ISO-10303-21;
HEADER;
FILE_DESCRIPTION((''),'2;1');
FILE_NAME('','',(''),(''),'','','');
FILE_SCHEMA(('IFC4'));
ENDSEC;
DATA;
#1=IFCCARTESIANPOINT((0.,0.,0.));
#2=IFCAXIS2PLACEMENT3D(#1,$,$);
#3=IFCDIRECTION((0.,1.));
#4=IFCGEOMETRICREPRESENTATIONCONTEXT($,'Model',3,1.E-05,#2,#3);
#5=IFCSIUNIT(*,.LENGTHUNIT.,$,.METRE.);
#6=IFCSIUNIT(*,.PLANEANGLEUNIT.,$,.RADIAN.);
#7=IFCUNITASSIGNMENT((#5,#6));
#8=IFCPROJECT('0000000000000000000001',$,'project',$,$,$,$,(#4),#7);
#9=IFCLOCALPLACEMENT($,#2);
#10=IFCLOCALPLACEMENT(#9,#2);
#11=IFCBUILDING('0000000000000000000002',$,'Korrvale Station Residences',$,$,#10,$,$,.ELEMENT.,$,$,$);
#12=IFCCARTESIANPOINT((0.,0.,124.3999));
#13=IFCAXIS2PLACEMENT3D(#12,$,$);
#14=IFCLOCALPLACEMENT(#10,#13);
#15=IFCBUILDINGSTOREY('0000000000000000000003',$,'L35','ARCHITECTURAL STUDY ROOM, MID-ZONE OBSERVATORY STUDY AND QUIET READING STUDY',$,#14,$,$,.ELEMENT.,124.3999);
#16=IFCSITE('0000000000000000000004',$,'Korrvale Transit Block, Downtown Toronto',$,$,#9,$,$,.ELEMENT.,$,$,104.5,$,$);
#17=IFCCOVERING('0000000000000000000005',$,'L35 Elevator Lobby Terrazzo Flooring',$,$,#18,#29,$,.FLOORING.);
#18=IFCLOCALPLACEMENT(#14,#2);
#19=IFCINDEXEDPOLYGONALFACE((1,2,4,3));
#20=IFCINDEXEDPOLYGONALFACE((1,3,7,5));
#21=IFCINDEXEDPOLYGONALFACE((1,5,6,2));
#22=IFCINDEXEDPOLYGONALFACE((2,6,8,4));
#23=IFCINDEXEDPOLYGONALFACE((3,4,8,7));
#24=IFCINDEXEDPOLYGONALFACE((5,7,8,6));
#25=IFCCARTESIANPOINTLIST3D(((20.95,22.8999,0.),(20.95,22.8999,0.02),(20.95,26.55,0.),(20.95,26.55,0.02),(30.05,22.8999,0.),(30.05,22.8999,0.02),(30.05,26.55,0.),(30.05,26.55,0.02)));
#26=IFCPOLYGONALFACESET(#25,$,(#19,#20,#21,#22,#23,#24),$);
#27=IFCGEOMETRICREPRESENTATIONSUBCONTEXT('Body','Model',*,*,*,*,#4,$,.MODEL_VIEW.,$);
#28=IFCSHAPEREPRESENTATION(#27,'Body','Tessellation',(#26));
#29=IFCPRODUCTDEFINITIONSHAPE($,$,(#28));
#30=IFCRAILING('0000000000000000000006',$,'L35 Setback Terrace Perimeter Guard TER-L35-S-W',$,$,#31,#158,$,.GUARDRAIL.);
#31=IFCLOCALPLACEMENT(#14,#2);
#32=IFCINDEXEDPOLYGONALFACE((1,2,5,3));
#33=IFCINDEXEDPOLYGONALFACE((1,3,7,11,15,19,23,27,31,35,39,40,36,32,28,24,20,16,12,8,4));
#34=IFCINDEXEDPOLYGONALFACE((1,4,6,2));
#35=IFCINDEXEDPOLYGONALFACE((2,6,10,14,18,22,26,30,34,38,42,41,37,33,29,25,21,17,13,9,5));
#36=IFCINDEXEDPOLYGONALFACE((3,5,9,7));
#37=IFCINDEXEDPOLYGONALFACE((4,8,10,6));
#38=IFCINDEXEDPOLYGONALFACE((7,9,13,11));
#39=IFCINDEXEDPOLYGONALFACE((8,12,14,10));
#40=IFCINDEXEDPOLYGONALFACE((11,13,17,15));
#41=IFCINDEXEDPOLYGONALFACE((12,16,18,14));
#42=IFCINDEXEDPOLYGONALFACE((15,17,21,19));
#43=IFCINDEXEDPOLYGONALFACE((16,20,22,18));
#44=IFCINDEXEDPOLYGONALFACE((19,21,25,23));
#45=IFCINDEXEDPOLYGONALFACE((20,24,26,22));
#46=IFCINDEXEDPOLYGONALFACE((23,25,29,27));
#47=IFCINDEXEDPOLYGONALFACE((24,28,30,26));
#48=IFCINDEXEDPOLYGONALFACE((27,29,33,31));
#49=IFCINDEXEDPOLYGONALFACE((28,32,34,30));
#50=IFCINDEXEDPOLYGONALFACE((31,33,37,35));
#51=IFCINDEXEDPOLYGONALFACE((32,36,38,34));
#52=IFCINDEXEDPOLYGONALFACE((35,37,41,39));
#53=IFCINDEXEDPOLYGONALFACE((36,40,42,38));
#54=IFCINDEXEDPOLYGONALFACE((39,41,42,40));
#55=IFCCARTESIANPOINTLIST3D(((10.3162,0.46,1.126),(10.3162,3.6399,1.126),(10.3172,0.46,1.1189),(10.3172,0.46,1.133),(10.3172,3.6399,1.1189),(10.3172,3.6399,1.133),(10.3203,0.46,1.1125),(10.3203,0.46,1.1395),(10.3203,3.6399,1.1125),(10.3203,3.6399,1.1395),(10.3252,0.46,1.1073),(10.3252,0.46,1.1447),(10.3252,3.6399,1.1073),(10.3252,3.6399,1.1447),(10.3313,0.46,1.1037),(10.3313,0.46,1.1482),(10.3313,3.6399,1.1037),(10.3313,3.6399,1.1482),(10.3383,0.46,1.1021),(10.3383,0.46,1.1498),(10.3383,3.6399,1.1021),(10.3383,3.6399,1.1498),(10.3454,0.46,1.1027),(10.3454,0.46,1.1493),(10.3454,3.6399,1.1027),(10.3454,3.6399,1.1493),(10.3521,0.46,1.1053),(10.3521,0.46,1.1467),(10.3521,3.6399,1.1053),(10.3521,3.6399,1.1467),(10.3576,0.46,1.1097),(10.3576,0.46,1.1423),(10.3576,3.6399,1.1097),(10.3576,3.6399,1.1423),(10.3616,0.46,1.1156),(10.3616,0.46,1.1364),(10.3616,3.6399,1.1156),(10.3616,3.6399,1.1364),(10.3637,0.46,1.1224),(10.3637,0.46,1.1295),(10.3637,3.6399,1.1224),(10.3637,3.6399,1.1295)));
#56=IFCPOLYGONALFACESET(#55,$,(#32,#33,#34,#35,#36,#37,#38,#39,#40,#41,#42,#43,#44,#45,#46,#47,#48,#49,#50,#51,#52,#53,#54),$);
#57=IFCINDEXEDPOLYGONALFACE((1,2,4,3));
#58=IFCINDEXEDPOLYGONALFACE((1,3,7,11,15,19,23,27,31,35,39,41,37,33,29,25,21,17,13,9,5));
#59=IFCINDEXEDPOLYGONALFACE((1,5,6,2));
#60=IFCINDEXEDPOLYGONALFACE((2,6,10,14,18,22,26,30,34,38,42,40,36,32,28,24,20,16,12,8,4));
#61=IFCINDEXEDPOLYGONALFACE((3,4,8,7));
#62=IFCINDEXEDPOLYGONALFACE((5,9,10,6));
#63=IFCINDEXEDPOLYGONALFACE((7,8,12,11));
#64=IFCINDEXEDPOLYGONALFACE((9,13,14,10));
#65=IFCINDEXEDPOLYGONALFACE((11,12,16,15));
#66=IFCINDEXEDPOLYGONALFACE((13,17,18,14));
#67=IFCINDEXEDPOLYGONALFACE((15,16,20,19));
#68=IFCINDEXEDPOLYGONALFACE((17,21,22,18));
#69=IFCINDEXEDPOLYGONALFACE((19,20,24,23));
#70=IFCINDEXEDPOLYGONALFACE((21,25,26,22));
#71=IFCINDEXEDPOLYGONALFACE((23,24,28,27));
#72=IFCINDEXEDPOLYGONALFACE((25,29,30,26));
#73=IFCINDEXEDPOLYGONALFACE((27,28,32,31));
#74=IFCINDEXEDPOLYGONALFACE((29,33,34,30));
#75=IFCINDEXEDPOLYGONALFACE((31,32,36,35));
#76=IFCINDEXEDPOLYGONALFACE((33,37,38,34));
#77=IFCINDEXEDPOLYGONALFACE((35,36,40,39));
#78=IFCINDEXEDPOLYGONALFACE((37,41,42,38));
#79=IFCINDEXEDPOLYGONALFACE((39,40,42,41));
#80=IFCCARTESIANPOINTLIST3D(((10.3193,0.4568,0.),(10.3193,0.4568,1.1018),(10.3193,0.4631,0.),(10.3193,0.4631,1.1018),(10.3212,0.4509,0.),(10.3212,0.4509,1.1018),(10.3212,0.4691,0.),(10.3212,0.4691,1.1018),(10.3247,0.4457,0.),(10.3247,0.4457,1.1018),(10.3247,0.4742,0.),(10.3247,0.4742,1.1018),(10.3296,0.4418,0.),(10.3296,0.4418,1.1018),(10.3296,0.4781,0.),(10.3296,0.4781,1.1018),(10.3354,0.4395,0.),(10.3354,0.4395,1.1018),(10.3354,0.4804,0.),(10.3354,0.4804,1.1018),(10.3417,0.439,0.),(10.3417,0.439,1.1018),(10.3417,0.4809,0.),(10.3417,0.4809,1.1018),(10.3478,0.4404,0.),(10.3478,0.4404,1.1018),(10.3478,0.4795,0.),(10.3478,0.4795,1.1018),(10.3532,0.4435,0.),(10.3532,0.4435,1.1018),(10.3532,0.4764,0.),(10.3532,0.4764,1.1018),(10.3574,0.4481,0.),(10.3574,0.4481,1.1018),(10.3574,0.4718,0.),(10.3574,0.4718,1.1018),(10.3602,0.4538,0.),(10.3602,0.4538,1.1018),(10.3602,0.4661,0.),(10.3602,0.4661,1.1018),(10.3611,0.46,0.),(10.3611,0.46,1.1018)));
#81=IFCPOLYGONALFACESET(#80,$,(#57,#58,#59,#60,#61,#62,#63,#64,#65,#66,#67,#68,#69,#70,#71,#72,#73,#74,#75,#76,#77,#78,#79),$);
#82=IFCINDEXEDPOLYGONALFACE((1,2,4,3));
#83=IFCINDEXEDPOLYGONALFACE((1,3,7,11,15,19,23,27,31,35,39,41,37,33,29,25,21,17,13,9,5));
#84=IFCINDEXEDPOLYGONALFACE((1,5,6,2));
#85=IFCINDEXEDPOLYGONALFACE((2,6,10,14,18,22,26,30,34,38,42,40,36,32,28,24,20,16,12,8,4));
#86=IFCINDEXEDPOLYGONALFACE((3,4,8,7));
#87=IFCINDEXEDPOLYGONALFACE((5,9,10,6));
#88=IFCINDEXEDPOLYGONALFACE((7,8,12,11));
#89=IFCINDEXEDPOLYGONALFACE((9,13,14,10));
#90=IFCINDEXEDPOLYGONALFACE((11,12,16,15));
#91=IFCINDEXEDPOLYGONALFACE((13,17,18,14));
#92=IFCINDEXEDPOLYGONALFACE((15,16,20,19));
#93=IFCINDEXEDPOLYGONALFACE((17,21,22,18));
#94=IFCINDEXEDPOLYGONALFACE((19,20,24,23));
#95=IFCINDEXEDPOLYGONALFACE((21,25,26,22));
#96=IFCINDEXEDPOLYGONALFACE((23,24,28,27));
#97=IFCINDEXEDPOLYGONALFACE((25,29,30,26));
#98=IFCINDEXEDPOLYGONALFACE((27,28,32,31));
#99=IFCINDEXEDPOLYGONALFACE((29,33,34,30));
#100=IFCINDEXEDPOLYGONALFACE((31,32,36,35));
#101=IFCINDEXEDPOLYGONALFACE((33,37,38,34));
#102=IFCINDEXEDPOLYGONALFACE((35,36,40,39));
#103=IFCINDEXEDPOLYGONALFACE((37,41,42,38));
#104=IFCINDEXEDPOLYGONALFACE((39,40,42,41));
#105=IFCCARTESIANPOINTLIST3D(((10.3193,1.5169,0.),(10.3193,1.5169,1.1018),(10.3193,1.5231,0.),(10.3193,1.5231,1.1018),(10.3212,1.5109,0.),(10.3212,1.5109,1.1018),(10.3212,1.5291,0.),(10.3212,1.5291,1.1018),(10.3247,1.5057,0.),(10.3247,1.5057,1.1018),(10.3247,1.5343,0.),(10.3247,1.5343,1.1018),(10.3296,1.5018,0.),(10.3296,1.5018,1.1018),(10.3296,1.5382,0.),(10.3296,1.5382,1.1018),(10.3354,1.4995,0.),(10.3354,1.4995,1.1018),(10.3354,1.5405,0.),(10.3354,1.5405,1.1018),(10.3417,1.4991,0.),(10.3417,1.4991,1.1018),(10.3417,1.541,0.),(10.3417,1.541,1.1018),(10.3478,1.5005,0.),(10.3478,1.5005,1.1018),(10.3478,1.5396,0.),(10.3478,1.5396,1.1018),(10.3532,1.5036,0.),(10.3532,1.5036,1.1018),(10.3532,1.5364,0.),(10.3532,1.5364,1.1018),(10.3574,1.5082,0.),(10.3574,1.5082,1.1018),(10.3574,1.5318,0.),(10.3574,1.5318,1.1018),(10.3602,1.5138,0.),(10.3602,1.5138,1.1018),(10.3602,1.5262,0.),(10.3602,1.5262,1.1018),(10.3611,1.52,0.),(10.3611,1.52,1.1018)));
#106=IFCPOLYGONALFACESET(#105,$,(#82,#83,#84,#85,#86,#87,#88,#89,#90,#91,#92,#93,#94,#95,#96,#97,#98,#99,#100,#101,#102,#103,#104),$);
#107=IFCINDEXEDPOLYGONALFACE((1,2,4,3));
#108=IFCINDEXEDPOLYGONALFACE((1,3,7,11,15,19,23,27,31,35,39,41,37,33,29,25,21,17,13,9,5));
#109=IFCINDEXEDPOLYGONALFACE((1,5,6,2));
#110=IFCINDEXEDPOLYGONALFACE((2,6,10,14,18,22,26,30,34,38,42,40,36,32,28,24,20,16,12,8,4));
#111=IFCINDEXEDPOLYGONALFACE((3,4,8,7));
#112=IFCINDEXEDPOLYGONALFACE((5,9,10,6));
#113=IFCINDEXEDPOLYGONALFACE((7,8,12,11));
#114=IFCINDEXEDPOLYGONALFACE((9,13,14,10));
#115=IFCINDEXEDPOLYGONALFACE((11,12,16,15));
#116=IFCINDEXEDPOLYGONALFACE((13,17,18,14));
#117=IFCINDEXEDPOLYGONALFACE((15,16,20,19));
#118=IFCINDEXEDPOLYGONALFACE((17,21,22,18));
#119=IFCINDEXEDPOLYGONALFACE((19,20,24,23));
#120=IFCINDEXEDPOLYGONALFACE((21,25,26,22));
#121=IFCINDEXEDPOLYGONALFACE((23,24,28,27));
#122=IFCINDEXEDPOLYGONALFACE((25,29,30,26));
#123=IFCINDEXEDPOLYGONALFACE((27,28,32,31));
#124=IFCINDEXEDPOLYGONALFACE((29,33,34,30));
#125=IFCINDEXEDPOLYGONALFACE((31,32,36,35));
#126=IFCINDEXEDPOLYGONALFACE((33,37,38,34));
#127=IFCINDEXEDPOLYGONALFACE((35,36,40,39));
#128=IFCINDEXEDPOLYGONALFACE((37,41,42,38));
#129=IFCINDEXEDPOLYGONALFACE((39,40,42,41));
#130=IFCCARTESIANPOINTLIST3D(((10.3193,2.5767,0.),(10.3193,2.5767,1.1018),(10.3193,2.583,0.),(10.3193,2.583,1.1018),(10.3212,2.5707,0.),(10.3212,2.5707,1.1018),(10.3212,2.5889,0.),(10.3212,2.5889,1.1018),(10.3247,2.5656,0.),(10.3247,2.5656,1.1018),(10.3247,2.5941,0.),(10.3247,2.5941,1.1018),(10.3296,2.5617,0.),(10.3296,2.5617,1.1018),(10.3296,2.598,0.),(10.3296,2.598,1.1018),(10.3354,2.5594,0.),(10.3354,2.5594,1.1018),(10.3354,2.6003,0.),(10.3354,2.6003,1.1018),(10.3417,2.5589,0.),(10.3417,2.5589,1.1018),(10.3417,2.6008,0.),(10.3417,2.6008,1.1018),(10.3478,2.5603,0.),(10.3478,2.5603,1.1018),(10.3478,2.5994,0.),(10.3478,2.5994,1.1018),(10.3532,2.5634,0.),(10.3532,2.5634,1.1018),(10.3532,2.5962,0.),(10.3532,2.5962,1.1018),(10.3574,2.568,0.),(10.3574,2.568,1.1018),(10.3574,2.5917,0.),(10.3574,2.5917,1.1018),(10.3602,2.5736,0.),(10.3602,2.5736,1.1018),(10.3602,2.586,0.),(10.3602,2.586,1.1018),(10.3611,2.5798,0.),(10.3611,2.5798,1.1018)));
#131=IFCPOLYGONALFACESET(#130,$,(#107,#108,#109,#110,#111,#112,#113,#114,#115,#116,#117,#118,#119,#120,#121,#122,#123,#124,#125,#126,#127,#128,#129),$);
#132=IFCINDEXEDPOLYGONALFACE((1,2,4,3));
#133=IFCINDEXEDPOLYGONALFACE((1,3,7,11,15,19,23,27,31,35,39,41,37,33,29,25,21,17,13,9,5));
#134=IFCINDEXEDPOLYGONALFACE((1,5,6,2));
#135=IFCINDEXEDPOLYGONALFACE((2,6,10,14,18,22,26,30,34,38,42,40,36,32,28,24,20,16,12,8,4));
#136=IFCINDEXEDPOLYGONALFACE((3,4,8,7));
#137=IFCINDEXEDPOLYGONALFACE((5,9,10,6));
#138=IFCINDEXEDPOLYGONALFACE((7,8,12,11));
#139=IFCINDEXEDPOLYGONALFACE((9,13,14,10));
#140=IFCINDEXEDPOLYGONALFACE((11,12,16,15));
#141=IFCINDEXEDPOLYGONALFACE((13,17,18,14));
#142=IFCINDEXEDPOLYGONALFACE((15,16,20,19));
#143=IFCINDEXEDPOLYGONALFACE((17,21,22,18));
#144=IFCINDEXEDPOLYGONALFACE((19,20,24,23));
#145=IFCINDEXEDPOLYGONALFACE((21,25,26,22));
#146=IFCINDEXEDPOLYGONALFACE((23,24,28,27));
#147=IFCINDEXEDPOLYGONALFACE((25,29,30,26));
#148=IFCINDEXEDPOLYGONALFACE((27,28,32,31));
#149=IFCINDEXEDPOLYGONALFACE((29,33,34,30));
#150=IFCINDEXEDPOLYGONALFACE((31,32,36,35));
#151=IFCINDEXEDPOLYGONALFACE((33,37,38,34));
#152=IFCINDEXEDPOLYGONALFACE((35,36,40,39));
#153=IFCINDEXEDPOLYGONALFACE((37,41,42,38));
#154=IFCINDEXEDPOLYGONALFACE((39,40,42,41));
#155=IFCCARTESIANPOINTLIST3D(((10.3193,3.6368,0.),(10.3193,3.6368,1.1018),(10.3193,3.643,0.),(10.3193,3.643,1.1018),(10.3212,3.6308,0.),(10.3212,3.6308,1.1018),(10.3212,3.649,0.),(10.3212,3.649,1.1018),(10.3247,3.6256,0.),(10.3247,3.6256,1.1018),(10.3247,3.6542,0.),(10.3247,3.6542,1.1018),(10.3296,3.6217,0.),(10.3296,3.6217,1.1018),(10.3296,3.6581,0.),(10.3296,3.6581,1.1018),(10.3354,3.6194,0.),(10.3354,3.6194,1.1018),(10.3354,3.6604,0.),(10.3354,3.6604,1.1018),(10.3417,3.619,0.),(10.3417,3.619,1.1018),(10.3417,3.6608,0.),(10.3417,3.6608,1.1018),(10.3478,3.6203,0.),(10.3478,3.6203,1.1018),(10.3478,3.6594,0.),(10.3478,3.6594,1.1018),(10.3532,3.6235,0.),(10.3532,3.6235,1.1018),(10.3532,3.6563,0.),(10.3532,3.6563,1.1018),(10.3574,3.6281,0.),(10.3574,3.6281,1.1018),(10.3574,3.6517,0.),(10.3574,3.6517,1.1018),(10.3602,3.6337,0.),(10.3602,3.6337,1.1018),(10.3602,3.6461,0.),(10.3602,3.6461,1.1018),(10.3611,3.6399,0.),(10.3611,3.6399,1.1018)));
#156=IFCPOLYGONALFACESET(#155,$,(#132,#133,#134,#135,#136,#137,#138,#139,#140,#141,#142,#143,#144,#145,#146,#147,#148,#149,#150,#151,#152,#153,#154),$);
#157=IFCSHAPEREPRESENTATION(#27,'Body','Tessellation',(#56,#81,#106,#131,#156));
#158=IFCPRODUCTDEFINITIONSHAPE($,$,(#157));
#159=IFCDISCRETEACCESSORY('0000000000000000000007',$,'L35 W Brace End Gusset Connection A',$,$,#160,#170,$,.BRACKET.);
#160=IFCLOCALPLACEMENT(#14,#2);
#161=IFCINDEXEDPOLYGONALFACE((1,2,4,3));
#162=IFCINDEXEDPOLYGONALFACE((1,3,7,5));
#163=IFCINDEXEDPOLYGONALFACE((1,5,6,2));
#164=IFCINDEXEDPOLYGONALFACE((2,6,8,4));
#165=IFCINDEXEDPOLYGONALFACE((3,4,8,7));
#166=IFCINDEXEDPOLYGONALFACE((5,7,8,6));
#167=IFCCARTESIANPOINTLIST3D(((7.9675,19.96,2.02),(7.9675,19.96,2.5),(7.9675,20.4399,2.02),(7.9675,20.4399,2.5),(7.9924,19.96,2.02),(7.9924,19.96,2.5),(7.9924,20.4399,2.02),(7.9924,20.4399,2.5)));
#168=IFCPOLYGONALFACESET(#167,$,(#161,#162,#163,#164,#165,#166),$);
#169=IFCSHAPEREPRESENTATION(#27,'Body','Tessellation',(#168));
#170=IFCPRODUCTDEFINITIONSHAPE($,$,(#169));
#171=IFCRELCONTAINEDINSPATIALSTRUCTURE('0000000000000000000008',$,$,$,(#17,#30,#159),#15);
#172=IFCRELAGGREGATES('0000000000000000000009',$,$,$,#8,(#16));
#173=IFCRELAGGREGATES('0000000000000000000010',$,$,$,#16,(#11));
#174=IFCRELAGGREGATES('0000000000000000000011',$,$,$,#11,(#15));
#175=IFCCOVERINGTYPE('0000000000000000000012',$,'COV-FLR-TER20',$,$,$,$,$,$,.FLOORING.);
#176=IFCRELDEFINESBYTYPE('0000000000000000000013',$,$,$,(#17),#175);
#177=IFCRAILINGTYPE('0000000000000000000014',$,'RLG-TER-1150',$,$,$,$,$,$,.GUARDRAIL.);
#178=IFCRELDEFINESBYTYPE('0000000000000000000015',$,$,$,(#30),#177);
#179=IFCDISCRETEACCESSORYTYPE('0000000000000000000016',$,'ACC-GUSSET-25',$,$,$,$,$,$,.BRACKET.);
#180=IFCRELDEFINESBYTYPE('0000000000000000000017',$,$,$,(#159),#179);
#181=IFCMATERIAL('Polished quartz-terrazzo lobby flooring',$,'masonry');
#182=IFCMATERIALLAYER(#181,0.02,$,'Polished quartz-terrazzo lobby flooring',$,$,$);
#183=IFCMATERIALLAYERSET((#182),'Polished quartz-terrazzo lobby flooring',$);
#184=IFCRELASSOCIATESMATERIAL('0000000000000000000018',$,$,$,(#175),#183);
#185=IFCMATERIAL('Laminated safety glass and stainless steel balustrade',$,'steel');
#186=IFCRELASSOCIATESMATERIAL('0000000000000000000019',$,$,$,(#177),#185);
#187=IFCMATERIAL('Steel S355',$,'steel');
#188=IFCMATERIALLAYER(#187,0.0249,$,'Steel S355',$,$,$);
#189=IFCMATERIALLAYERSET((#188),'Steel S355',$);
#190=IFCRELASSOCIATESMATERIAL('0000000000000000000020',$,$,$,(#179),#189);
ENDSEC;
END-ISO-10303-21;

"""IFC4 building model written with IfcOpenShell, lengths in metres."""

from ifc_helpers import new_model, si_unit, direction, frame, origin, origin_2d, place, context, subcontext, project, spatial, polyline, rectangle, circle, outline, extrude, material, layer, layer_set, type_object, element, save


model = new_model("IFC4")

# Units and contexts
model_context = context("Model", 3, precision=1e-05, world=origin(), true_north=direction((0.0, 1.0)))
body_context = subcontext(model_context, "Body", "Model", "MODEL_VIEW")
ifc_project = project(units=[si_unit("LENGTHUNIT", "METRE"), si_unit("PLANEANGLEUNIT", "RADIAN")], contexts=[model_context])

# Site, building, storey
site_placement = place(None, origin())
site = spatial("IfcSite", under=ifc_project, at=site_placement, Name="Korrvale Transit Block, Downtown Toronto", CompositionType="ELEMENT", RefElevation=104.5)
building_placement = place(site_placement, origin())
building = spatial("IfcBuilding", under=site, at=building_placement, Name="Korrvale Station Residences", CompositionType="ELEMENT")
storey_placement = place(building_placement, frame((0.0, 0.0, 124.3999)))
storey = spatial("IfcBuildingStorey", under=building, at=storey_placement, Name="L35", Description="ARCHITECTURAL STUDY ROOM, MID-ZONE OBSERVATORY STUDY AND QUIET READING STUDY", CompositionType="ELEMENT", Elevation=124.3999)

# Shared definitions
ifc_material_1 = material(Name="Steel S355", Category="steel")

# Covering
ifc_material_2 = material(Name="Polished quartz-terrazzo lobby flooring", Category="masonry")
ifc_layer_1 = layer(ifc_material_2, 0.02, Name="Polished quartz-terrazzo lobby flooring")
ifc_layer_set_1 = layer_set([ifc_layer_1], Name="Polished quartz-terrazzo lobby flooring")
covering_type_1 = type_object("IfcCoveringType", Name="COV-FLR-TER20", PredefinedType="FLOORING", material=ifc_layer_set_1)
covering_1_placement = place(storey_placement, origin())
element("IfcCovering", 1, at=covering_1_placement, inside=storey, type_object=covering_type_1, Name="L35 Elevator Lobby Terrazzo Flooring", PredefinedType="FLOORING", context=body_context, shape_type="SweptSolid", body=[
    extrude(outline(polyline([(20.95, 22.8999), (30.05, 22.8999), (30.05, 26.55), (20.95, 26.55), (20.95, 22.8999)])), origin(), (0.0, 0.0, 1.0), 0.02),
])

# Railing
ifc_material_3 = material(Name="Laminated safety glass and stainless steel balustrade", Category="steel")
railing_type = type_object("IfcRailingType", Name="RLG-TER-1150", PredefinedType="GUARDRAIL", material=ifc_material_3)
railing_1_placement = place(storey_placement, frame((10.3401, 0.46, 0.0)))
element("IfcRailing", 2, at=railing_1_placement, inside=storey, type_object=railing_type, Name="L35 Setback Terrace Perimeter Guard TER-L35-S-W", PredefinedType="GUARDRAIL", context=body_context, shape_type="SweptSolid", body=[
    extrude(circle(Radius=0.0239, at=origin_2d()), frame((0.0, 0.0, 1.126), z_axis=(0.0, 1.0, 0.0), x_axis=(-1.0, 0.0, 0.0)), (0.0, 0.0, 1.0), 3.1799),
    extrude(circle(Radius=0.021, at=origin_2d()), origin(), (0.0, 0.0, 1.0), 1.1018),
    extrude(circle(Radius=0.021, at=origin_2d()), frame((0.0, 1.0601, 0.0)), (0.0, 0.0, 1.0), 1.1018),
    extrude(circle(Radius=0.021, at=origin_2d()), frame((0.0, 2.1199, 0.0)), (0.0, 0.0, 1.0), 1.1018),
    extrude(circle(Radius=0.021, at=origin_2d()), frame((0.0, 3.1799, 0.0)), (0.0, 0.0, 1.0), 1.1018),
])

# Discrete accessory
ifc_layer_2 = layer(ifc_material_1, 0.0249, Name="Steel S355")
ifc_layer_set_2 = layer_set([ifc_layer_2], Name="Steel S355")
discrete_accessory_type = type_object("IfcDiscreteAccessoryType", Name="ACC-GUSSET-25", PredefinedType="BRACKET", material=ifc_layer_set_2)
discrete_accessory_placement = place(storey_placement, frame((7.98, 20.2, 2.02), z_axis=(0.0, 0.0, 1.0), x_axis=(0.0, 1.0, 0.0)))
element("IfcDiscreteAccessory", 3, at=discrete_accessory_placement, inside=storey, type_object=discrete_accessory_type, Name="L35 W Brace End Gusset Connection A", PredefinedType="BRACKET", context=body_context, shape_type="SweptSolid", body=[
    extrude(rectangle(XDim=0.48, YDim=0.0249, at=origin_2d()), origin(), (0.0, 0.0, 1.0), 0.48),
])

save(model, "model.ifc")
